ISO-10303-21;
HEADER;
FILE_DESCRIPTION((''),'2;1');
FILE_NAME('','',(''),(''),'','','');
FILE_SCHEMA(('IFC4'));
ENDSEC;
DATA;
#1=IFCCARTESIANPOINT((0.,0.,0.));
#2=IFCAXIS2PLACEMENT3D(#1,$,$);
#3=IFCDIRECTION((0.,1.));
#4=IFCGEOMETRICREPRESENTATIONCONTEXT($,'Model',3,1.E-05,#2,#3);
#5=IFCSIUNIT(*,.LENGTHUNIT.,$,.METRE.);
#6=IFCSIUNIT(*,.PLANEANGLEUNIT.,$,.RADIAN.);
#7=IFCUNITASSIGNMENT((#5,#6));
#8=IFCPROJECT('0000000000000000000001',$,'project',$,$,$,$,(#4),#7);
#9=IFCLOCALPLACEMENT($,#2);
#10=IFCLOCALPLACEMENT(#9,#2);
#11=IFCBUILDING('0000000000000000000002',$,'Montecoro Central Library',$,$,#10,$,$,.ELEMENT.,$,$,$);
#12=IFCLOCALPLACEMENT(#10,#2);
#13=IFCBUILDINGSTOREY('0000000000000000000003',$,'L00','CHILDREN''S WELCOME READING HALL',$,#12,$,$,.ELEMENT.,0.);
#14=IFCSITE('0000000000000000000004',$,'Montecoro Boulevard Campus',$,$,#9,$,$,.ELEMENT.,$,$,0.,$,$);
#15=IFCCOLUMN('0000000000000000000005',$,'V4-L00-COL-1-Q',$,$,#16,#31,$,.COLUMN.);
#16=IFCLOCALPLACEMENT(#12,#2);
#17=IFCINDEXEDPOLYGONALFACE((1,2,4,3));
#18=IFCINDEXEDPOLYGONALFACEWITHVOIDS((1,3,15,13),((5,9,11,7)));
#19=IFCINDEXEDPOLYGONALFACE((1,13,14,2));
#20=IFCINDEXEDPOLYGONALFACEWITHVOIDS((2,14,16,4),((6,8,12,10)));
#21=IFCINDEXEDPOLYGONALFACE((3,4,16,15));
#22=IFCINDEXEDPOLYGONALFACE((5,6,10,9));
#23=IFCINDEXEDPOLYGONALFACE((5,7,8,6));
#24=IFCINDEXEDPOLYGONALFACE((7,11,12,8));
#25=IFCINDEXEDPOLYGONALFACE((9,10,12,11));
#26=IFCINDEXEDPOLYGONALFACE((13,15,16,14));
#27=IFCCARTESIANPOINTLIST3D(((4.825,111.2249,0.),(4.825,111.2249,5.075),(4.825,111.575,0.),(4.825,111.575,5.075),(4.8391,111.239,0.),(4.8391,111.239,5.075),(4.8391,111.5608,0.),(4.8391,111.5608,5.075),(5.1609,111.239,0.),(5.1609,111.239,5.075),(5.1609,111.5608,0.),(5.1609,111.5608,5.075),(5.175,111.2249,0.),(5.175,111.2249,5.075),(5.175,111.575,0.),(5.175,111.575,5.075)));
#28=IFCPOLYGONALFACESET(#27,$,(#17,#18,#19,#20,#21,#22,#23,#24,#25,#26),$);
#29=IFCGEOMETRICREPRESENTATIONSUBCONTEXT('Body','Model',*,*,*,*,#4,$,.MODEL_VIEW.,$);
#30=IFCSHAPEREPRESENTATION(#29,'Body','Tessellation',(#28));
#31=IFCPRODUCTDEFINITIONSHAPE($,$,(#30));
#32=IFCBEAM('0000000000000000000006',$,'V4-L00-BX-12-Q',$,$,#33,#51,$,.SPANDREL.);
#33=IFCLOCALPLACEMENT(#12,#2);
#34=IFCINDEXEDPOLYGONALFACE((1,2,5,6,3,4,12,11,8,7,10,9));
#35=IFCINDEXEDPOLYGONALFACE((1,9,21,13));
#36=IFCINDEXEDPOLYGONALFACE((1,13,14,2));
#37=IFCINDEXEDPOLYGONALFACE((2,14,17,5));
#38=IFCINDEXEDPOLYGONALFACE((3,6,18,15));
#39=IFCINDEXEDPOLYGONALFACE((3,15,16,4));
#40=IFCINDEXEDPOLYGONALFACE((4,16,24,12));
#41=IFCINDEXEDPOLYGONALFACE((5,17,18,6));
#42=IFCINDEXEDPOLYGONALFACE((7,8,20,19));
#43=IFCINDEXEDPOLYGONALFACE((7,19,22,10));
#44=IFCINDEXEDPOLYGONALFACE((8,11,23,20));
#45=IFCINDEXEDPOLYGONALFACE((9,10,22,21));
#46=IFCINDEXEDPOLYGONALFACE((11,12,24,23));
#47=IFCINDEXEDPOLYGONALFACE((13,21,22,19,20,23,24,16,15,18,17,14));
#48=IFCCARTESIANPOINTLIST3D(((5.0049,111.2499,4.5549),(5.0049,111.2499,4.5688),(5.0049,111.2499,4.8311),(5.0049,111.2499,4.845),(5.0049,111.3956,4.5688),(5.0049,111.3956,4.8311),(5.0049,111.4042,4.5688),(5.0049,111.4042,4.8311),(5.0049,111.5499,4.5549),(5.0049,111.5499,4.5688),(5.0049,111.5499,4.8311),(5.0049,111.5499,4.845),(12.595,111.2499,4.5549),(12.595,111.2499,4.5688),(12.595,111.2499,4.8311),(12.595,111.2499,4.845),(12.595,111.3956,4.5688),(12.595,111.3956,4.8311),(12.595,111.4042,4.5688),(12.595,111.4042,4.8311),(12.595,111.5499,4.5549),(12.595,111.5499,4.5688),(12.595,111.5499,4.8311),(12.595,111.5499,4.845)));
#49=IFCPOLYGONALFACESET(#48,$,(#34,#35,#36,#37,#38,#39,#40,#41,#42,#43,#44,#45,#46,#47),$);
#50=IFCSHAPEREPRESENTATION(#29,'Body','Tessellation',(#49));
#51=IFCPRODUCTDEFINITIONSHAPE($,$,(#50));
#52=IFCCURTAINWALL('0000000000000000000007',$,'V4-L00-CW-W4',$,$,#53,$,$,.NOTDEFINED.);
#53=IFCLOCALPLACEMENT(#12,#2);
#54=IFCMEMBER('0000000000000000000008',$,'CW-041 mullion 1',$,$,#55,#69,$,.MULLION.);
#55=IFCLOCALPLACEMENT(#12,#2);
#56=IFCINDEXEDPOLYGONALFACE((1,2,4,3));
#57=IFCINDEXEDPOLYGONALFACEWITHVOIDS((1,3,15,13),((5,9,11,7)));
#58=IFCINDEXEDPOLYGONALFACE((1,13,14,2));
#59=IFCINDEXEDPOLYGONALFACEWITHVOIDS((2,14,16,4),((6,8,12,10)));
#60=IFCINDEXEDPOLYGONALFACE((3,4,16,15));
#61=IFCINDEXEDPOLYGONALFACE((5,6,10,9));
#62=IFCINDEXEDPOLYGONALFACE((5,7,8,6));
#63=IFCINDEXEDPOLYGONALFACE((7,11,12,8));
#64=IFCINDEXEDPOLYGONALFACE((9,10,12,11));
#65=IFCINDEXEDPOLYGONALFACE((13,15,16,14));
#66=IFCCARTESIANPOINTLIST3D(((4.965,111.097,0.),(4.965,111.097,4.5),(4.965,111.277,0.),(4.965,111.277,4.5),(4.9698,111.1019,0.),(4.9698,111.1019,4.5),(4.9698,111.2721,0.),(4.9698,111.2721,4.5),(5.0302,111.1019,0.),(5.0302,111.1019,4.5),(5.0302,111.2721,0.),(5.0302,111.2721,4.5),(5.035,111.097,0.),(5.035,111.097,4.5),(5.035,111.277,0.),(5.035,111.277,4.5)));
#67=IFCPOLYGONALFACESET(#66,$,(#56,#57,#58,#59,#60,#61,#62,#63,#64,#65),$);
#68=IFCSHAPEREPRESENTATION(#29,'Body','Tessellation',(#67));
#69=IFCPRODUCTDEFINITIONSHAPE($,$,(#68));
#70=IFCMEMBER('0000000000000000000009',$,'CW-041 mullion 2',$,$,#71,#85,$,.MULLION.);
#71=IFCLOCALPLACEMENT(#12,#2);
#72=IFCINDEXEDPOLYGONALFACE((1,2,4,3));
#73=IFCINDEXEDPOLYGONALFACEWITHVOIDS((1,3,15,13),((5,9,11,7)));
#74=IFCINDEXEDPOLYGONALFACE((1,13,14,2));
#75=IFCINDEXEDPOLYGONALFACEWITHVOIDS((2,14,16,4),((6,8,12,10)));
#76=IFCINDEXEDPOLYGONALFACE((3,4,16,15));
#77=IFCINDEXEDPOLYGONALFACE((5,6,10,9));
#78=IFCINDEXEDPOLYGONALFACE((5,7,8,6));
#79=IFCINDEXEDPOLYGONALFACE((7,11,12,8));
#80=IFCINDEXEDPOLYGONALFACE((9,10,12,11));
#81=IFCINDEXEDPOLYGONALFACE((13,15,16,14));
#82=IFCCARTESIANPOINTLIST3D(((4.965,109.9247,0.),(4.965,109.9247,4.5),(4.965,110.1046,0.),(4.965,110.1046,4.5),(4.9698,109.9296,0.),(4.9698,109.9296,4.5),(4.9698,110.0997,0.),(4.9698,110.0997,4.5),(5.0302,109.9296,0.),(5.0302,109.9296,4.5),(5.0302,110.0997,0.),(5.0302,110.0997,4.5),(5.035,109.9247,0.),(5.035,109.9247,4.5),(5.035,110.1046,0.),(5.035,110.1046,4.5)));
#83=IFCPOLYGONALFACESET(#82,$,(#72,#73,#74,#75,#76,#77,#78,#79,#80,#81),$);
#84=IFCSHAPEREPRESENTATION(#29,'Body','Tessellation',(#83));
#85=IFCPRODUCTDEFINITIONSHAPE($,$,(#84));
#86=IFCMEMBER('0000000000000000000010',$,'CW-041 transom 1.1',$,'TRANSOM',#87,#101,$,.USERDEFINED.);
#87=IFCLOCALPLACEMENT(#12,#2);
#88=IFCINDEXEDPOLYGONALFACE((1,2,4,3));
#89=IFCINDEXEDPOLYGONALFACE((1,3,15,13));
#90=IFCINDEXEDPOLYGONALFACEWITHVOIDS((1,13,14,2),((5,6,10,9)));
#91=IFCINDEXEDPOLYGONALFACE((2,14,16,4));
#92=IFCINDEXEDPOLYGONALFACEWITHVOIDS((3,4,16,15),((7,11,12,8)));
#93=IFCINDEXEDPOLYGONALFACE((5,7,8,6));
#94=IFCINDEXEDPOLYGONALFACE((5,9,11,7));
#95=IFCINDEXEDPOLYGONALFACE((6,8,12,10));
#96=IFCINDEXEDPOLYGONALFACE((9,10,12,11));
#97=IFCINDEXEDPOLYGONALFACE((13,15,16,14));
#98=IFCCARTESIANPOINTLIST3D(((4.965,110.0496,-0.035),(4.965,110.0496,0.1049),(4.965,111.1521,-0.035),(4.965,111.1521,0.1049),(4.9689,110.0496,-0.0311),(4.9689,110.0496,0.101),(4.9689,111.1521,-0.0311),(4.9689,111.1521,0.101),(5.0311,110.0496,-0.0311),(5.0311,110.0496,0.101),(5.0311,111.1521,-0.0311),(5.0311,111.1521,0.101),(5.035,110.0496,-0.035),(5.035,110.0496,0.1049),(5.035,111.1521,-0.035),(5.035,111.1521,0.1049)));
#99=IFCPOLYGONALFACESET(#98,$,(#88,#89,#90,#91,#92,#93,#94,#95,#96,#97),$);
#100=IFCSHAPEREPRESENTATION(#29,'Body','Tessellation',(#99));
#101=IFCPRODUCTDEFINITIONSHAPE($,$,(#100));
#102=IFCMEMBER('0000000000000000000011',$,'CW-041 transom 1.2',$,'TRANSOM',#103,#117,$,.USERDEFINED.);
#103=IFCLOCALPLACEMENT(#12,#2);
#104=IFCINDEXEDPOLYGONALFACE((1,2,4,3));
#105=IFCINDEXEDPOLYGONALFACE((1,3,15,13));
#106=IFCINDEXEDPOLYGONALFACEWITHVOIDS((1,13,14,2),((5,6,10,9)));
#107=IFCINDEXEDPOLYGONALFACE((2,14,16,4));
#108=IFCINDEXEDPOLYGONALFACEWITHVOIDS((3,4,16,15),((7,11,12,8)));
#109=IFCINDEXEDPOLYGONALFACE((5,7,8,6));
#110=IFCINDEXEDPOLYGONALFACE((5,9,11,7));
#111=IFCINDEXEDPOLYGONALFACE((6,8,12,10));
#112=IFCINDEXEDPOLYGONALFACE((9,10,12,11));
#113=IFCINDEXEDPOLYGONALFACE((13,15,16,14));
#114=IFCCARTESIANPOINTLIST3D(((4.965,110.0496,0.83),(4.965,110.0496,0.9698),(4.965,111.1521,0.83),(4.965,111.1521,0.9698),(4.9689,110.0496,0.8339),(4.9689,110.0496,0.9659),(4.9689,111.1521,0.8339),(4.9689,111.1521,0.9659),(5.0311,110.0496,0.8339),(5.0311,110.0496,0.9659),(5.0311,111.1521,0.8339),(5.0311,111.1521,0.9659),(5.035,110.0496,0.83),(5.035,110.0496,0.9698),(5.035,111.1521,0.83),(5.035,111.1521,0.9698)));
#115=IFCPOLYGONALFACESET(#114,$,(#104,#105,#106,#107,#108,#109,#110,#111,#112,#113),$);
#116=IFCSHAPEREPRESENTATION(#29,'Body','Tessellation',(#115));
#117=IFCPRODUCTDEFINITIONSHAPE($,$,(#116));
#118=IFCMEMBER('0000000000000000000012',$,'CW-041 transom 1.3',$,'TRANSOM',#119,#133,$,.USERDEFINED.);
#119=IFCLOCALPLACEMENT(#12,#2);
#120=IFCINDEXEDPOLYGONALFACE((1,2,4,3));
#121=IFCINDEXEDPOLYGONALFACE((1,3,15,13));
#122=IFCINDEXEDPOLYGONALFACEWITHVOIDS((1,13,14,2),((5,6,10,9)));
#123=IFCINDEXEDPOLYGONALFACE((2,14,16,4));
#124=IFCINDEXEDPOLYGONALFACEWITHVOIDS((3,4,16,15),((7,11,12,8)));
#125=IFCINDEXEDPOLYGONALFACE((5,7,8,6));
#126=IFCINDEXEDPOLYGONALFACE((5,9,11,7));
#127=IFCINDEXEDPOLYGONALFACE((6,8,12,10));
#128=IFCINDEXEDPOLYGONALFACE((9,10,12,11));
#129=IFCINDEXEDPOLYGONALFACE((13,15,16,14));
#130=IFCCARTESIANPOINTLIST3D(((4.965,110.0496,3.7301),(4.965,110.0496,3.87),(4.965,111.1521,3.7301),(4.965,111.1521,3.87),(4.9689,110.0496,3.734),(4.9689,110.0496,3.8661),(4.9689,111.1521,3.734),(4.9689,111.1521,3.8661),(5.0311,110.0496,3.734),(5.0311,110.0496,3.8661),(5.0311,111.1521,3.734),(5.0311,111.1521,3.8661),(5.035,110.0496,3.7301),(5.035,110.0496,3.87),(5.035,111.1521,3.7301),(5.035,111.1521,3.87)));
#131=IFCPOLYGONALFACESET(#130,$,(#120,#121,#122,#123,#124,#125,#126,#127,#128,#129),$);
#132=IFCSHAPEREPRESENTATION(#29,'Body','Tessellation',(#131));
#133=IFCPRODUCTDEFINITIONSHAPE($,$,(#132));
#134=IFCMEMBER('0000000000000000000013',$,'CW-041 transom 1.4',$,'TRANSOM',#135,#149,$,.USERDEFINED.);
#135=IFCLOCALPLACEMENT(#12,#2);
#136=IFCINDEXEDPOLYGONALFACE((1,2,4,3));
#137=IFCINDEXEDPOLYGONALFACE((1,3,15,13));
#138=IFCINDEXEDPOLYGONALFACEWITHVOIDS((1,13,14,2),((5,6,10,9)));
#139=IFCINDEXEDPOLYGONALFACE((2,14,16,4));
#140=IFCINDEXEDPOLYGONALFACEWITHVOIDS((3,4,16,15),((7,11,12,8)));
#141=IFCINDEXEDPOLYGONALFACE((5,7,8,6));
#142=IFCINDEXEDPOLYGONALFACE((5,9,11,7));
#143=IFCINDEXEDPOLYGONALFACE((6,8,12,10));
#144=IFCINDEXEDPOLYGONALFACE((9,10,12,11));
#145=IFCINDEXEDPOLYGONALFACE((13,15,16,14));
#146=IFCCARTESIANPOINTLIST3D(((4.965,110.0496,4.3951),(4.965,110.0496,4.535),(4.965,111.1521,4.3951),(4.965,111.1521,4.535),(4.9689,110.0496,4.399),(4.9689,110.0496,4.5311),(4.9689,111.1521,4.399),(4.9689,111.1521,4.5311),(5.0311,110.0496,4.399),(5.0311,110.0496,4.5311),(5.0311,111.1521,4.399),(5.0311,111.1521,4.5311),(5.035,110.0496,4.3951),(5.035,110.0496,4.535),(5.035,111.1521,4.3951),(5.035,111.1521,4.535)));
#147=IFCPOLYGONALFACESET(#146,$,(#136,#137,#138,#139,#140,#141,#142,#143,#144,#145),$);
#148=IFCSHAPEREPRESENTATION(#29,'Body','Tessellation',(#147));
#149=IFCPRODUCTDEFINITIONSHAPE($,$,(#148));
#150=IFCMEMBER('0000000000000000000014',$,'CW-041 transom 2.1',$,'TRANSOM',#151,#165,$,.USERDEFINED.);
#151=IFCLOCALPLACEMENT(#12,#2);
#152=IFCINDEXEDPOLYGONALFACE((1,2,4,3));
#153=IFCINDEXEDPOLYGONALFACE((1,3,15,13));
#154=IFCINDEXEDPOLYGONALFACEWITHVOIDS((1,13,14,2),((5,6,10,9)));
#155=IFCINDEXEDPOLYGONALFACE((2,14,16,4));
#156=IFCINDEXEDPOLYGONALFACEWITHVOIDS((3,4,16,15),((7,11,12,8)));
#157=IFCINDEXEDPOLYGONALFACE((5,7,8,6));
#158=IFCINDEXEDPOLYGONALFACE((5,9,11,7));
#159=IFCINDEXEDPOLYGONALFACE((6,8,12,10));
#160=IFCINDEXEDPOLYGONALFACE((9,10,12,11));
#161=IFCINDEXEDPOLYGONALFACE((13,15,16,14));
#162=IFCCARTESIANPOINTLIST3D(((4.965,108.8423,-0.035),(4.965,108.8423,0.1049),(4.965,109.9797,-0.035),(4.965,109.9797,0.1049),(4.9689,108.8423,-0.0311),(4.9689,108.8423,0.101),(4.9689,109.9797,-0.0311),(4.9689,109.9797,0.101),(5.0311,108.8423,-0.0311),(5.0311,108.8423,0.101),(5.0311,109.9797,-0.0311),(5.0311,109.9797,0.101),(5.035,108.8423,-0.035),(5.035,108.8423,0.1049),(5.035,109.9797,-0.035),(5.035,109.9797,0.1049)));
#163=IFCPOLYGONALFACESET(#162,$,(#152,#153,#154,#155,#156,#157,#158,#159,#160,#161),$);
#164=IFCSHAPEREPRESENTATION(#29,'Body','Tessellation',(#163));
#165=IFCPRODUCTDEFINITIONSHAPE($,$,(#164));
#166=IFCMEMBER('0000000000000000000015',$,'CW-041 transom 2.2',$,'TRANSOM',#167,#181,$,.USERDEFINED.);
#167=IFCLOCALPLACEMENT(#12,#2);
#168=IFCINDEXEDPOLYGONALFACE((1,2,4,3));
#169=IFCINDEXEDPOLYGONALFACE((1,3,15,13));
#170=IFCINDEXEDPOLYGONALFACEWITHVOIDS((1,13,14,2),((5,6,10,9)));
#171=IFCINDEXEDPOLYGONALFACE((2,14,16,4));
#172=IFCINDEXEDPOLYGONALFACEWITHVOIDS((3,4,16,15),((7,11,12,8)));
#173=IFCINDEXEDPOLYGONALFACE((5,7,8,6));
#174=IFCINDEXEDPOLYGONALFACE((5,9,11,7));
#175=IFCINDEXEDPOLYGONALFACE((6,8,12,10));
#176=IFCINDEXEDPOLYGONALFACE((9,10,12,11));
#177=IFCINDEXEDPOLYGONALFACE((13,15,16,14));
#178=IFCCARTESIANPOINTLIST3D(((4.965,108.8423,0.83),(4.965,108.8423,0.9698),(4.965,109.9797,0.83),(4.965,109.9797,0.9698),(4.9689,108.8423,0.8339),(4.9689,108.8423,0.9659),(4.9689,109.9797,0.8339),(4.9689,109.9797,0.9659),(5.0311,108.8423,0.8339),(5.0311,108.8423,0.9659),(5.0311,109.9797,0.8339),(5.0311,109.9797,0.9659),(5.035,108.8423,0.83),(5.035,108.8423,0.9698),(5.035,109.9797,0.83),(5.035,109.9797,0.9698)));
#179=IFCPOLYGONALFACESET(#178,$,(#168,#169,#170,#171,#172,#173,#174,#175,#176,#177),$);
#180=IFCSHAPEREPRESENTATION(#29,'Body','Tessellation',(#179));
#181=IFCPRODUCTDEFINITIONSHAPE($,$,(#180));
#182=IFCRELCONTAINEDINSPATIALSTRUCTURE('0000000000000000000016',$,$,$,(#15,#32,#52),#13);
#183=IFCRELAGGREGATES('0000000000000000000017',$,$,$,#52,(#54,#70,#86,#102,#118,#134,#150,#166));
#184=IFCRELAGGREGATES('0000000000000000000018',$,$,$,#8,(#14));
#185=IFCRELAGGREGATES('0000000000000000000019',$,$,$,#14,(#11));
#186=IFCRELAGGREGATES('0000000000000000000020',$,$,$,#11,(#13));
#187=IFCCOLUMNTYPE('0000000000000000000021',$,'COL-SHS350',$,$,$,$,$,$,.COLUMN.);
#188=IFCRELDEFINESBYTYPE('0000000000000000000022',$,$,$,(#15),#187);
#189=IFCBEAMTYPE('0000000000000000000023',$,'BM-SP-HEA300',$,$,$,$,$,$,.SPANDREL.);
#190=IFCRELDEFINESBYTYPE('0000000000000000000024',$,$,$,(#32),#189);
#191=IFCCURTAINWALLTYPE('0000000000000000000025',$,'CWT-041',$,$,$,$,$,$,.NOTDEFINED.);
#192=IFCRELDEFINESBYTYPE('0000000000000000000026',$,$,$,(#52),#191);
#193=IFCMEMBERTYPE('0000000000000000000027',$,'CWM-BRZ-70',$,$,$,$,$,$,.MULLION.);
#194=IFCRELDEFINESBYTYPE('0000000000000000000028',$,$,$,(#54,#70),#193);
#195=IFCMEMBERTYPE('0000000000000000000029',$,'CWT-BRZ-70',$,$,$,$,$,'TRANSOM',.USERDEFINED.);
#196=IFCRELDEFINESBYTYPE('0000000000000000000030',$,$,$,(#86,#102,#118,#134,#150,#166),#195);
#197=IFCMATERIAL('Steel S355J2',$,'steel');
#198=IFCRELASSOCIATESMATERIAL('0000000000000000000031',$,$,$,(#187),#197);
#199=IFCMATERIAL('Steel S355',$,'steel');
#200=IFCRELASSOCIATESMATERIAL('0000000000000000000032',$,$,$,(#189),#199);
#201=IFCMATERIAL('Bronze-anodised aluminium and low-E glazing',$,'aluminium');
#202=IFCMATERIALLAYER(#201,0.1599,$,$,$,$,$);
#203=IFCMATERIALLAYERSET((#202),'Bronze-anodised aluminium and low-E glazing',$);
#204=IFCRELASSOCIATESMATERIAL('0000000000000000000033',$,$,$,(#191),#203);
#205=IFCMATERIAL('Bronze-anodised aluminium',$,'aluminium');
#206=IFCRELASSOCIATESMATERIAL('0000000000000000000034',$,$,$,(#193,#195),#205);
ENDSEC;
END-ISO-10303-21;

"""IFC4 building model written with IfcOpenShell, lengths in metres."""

from ifc_helpers import new_model, si_unit, direction, frame, origin, origin_2d, place, context, subcontext, project, spatial, hollow_rectangle, i_section, extrude, material, layer, layer_set, material_profile, profile_set, type_object, element, aggregate, save


model = new_model("IFC4")

# Units and contexts
model_context = context("Model", 3, precision=1e-05, world=origin(), true_north=direction((0.0, 1.0)))
body_context = subcontext(model_context, "Body", "Model", "MODEL_VIEW")
ifc_project = project(units=[si_unit("LENGTHUNIT", "METRE"), si_unit("PLANEANGLEUNIT", "RADIAN")], contexts=[model_context])

# Site, building, storey
site_placement = place(None, origin())
site = spatial("IfcSite", under=ifc_project, at=site_placement, Name="Montecoro Boulevard Campus", CompositionType="ELEMENT", RefElevation=0.0)
building_placement = place(site_placement, origin())
building = spatial("IfcBuilding", under=site, at=building_placement, Name="Montecoro Central Library", CompositionType="ELEMENT")
storey_placement = place(building_placement, origin())
storey = spatial("IfcBuildingStorey", under=building, at=storey_placement, Name="L00", Description="CHILDREN'S WELCOME READING HALL", CompositionType="ELEMENT", Elevation=0.0)

# Column
ifc_material_1 = material(Name="Steel S355J2", Category="steel")
ifc_material_profile_1 = material_profile(ifc_material_1, hollow_rectangle(XDim=0.3501, YDim=0.3501, WallThickness=0.0142, at=origin_2d()), Name="SHS 350x350x14.2")
ifc_profile_set_1 = profile_set([ifc_material_profile_1], Name="Steel S355J2")
column_type = type_object("IfcColumnType", Name="COL-SHS350", PredefinedType="COLUMN", material=ifc_profile_set_1)
column_placement = place(storey_placement, frame((5.0, 111.3999, 0.0), z_axis=(0.0, 0.0, 1.0), x_axis=(1.0, 0.0, 0.0)))
element("IfcColumn", 1, at=column_placement, inside=storey, type_object=column_type, Name="V4-L00-COL-1-Q", PredefinedType="COLUMN", context=body_context, shape_type="SweptSolid", body=[
    extrude(hollow_rectangle(XDim=0.3501, YDim=0.3501, WallThickness=0.0142, at=origin_2d()), origin(), (0.0, 0.0, 1.0), 5.075),
])

# Beam
ifc_material_2 = material(Name="Steel S355", Category="steel")
ifc_material_profile_2 = material_profile(ifc_material_2, i_section(OverallWidth=0.3, OverallDepth=0.29, WebThickness=0.0085, FlangeThickness=0.0139, at=origin_2d()), Name="HEA 300")
ifc_profile_set_2 = profile_set([ifc_material_profile_2], Name="Steel S355")
beam_type = type_object("IfcBeamType", Name="BM-SP-HEA300", PredefinedType="SPANDREL", material=ifc_profile_set_2)
beam_placement = place(storey_placement, frame((5.0049, 111.3999, 4.7), z_axis=(1.0, 0.0, 0.0), x_axis=(0.0, 1.0, 0.0)))
element("IfcBeam", 2, at=beam_placement, inside=storey, type_object=beam_type, Name="V4-L00-BX-12-Q", PredefinedType="SPANDREL", context=body_context, shape_type="SweptSolid", body=[
    extrude(i_section(OverallWidth=0.3, OverallDepth=0.29, WebThickness=0.0085, FlangeThickness=0.0139, at=origin_2d()), origin(), (0.0, 0.0, 1.0), 7.5901),
])

# Curtain wall, members
ifc_material_3 = material(Name="Bronze-anodised aluminium and low-E glazing", Category="aluminium")
ifc_layer_1 = layer(ifc_material_3, 0.1599)
ifc_layer_set_1 = layer_set([ifc_layer_1], Name="Bronze-anodised aluminium and low-E glazing")
curtain_wall_type = type_object("IfcCurtainWallType", Name="CWT-041", PredefinedType="NOTDEFINED", material=ifc_layer_set_1)
curtain_wall_placement = place(storey_placement, origin())
curtain_wall = element("IfcCurtainWall", 3, at=curtain_wall_placement, inside=storey, type_object=curtain_wall_type, Name="V4-L00-CW-W4", PredefinedType="NOTDEFINED")
ifc_material_4 = material(Name="Bronze-anodised aluminium", Category="aluminium")
ifc_material_profile_3 = material_profile(ifc_material_4, hollow_rectangle(XDim=0.0701, YDim=0.1799, WallThickness=0.0049, at=origin_2d()), Name="CWM 180x70x5.0")
ifc_profile_set_3 = profile_set([ifc_material_profile_3], Name="Bronze-anodised aluminium")
member_type_1 = type_object("IfcMemberType", Name="CWM-BRZ-70", PredefinedType="MULLION", material=ifc_profile_set_3)
member_1_placement = place(storey_placement, frame((5.0, 111.187, 0.0), z_axis=(0.0, 0.0, 1.0), x_axis=(1.0, 0.0, 0.0)))
member_1 = element("IfcMember", 4, at=member_1_placement, type_object=member_type_1, Name="CW-041 mullion 1", PredefinedType="MULLION", context=body_context, shape_type="SweptSolid", body=[
    extrude(hollow_rectangle(XDim=0.0701, YDim=0.1799, WallThickness=0.0049, at=origin_2d()), origin(), (0.0, 0.0, 1.0), 4.5),
])
member_2_placement = place(storey_placement, frame((5.0, 110.0146, 0.0), z_axis=(0.0, 0.0, 1.0), x_axis=(1.0, 0.0, 0.0)))
member_2 = element("IfcMember", 5, at=member_2_placement, type_object=member_type_1, Name="CW-041 mullion 2", PredefinedType="MULLION", context=body_context, shape_type="SweptSolid", body=[
    extrude(hollow_rectangle(XDim=0.0701, YDim=0.1799, WallThickness=0.0049, at=origin_2d()), origin(), (0.0, 0.0, 1.0), 4.5),
])
ifc_material_profile_4 = material_profile(ifc_material_4, hollow_rectangle(XDim=0.0701, YDim=0.1399, WallThickness=0.0039, at=origin_2d()), Name="CWT 140x70x4.0")
ifc_profile_set_4 = profile_set([ifc_material_profile_4], Name="Bronze-anodised aluminium")
member_type_2 = type_object("IfcMemberType", Name="CWT-BRZ-70", ElementType="TRANSOM", PredefinedType="USERDEFINED", material=ifc_profile_set_4)
member_3_placement = place(storey_placement, frame((5.0, 111.1521, 0.0349), z_axis=(0.0, -1.0, 0.0), x_axis=(1.0, 0.0, 0.0)))
member_3 = element("IfcMember", 6, at=member_3_placement, type_object=member_type_2, Name="CW-041 transom 1.1", ObjectType="TRANSOM", PredefinedType="USERDEFINED", context=body_context, shape_type="SweptSolid", body=[
    extrude(hollow_rectangle(XDim=0.0701, YDim=0.1399, WallThickness=0.0039, at=origin_2d()), origin(), (0.0, 0.0, 1.0), 1.1025),
])
member_4_placement = place(storey_placement, frame((5.0, 111.1521, 0.8999), z_axis=(0.0, -1.0, 0.0), x_axis=(1.0, 0.0, 0.0)))
member_4 = element("IfcMember", 7, at=member_4_placement, type_object=member_type_2, Name="CW-041 transom 1.2", ObjectType="TRANSOM", PredefinedType="USERDEFINED", context=body_context, shape_type="SweptSolid", body=[
    extrude(hollow_rectangle(XDim=0.0701, YDim=0.1399, WallThickness=0.0039, at=origin_2d()), origin(), (0.0, 0.0, 1.0), 1.1025),
])
member_5_placement = place(storey_placement, frame((5.0, 111.1521, 3.8), z_axis=(0.0, -1.0, 0.0), x_axis=(1.0, 0.0, 0.0)))
member_5 = element("IfcMember", 8, at=member_5_placement, type_object=member_type_2, Name="CW-041 transom 1.3", ObjectType="TRANSOM", PredefinedType="USERDEFINED", context=body_context, shape_type="SweptSolid", body=[
    extrude(hollow_rectangle(XDim=0.0701, YDim=0.1399, WallThickness=0.0039, at=origin_2d()), origin(), (0.0, 0.0, 1.0), 1.1025),
])
member_6_placement = place(storey_placement, frame((5.0, 111.1521, 4.4651), z_axis=(0.0, -1.0, 0.0), x_axis=(1.0, 0.0, 0.0)))
member_6 = element("IfcMember", 9, at=member_6_placement, type_object=member_type_2, Name="CW-041 transom 1.4", ObjectType="TRANSOM", PredefinedType="USERDEFINED", context=body_context, shape_type="SweptSolid", body=[
    extrude(hollow_rectangle(XDim=0.0701, YDim=0.1399, WallThickness=0.0039, at=origin_2d()), origin(), (0.0, 0.0, 1.0), 1.1025),
])
member_7_placement = place(storey_placement, frame((5.0, 109.9797, 0.0349), z_axis=(0.0, -1.0, 0.0), x_axis=(1.0, 0.0, 0.0)))
member_7 = element("IfcMember", 10, at=member_7_placement, type_object=member_type_2, Name="CW-041 transom 2.1", ObjectType="TRANSOM", PredefinedType="USERDEFINED", context=body_context, shape_type="SweptSolid", body=[
    extrude(hollow_rectangle(XDim=0.0701, YDim=0.1399, WallThickness=0.0039, at=origin_2d()), origin(), (0.0, 0.0, 1.0), 1.1375),
])
member_8_placement = place(storey_placement, frame((5.0, 109.9797, 0.8999), z_axis=(0.0, -1.0, 0.0), x_axis=(1.0, 0.0, 0.0)))
member_8 = element("IfcMember", 11, at=member_8_placement, type_object=member_type_2, Name="CW-041 transom 2.2", ObjectType="TRANSOM", PredefinedType="USERDEFINED", context=body_context, shape_type="SweptSolid", body=[
    extrude(hollow_rectangle(XDim=0.0701, YDim=0.1399, WallThickness=0.0039, at=origin_2d()), origin(), (0.0, 0.0, 1.0), 1.1375),
])
aggregate(curtain_wall, [member_1, member_2, member_3, member_4, member_5, member_6, member_7, member_8])

save(model, "model.ifc")
